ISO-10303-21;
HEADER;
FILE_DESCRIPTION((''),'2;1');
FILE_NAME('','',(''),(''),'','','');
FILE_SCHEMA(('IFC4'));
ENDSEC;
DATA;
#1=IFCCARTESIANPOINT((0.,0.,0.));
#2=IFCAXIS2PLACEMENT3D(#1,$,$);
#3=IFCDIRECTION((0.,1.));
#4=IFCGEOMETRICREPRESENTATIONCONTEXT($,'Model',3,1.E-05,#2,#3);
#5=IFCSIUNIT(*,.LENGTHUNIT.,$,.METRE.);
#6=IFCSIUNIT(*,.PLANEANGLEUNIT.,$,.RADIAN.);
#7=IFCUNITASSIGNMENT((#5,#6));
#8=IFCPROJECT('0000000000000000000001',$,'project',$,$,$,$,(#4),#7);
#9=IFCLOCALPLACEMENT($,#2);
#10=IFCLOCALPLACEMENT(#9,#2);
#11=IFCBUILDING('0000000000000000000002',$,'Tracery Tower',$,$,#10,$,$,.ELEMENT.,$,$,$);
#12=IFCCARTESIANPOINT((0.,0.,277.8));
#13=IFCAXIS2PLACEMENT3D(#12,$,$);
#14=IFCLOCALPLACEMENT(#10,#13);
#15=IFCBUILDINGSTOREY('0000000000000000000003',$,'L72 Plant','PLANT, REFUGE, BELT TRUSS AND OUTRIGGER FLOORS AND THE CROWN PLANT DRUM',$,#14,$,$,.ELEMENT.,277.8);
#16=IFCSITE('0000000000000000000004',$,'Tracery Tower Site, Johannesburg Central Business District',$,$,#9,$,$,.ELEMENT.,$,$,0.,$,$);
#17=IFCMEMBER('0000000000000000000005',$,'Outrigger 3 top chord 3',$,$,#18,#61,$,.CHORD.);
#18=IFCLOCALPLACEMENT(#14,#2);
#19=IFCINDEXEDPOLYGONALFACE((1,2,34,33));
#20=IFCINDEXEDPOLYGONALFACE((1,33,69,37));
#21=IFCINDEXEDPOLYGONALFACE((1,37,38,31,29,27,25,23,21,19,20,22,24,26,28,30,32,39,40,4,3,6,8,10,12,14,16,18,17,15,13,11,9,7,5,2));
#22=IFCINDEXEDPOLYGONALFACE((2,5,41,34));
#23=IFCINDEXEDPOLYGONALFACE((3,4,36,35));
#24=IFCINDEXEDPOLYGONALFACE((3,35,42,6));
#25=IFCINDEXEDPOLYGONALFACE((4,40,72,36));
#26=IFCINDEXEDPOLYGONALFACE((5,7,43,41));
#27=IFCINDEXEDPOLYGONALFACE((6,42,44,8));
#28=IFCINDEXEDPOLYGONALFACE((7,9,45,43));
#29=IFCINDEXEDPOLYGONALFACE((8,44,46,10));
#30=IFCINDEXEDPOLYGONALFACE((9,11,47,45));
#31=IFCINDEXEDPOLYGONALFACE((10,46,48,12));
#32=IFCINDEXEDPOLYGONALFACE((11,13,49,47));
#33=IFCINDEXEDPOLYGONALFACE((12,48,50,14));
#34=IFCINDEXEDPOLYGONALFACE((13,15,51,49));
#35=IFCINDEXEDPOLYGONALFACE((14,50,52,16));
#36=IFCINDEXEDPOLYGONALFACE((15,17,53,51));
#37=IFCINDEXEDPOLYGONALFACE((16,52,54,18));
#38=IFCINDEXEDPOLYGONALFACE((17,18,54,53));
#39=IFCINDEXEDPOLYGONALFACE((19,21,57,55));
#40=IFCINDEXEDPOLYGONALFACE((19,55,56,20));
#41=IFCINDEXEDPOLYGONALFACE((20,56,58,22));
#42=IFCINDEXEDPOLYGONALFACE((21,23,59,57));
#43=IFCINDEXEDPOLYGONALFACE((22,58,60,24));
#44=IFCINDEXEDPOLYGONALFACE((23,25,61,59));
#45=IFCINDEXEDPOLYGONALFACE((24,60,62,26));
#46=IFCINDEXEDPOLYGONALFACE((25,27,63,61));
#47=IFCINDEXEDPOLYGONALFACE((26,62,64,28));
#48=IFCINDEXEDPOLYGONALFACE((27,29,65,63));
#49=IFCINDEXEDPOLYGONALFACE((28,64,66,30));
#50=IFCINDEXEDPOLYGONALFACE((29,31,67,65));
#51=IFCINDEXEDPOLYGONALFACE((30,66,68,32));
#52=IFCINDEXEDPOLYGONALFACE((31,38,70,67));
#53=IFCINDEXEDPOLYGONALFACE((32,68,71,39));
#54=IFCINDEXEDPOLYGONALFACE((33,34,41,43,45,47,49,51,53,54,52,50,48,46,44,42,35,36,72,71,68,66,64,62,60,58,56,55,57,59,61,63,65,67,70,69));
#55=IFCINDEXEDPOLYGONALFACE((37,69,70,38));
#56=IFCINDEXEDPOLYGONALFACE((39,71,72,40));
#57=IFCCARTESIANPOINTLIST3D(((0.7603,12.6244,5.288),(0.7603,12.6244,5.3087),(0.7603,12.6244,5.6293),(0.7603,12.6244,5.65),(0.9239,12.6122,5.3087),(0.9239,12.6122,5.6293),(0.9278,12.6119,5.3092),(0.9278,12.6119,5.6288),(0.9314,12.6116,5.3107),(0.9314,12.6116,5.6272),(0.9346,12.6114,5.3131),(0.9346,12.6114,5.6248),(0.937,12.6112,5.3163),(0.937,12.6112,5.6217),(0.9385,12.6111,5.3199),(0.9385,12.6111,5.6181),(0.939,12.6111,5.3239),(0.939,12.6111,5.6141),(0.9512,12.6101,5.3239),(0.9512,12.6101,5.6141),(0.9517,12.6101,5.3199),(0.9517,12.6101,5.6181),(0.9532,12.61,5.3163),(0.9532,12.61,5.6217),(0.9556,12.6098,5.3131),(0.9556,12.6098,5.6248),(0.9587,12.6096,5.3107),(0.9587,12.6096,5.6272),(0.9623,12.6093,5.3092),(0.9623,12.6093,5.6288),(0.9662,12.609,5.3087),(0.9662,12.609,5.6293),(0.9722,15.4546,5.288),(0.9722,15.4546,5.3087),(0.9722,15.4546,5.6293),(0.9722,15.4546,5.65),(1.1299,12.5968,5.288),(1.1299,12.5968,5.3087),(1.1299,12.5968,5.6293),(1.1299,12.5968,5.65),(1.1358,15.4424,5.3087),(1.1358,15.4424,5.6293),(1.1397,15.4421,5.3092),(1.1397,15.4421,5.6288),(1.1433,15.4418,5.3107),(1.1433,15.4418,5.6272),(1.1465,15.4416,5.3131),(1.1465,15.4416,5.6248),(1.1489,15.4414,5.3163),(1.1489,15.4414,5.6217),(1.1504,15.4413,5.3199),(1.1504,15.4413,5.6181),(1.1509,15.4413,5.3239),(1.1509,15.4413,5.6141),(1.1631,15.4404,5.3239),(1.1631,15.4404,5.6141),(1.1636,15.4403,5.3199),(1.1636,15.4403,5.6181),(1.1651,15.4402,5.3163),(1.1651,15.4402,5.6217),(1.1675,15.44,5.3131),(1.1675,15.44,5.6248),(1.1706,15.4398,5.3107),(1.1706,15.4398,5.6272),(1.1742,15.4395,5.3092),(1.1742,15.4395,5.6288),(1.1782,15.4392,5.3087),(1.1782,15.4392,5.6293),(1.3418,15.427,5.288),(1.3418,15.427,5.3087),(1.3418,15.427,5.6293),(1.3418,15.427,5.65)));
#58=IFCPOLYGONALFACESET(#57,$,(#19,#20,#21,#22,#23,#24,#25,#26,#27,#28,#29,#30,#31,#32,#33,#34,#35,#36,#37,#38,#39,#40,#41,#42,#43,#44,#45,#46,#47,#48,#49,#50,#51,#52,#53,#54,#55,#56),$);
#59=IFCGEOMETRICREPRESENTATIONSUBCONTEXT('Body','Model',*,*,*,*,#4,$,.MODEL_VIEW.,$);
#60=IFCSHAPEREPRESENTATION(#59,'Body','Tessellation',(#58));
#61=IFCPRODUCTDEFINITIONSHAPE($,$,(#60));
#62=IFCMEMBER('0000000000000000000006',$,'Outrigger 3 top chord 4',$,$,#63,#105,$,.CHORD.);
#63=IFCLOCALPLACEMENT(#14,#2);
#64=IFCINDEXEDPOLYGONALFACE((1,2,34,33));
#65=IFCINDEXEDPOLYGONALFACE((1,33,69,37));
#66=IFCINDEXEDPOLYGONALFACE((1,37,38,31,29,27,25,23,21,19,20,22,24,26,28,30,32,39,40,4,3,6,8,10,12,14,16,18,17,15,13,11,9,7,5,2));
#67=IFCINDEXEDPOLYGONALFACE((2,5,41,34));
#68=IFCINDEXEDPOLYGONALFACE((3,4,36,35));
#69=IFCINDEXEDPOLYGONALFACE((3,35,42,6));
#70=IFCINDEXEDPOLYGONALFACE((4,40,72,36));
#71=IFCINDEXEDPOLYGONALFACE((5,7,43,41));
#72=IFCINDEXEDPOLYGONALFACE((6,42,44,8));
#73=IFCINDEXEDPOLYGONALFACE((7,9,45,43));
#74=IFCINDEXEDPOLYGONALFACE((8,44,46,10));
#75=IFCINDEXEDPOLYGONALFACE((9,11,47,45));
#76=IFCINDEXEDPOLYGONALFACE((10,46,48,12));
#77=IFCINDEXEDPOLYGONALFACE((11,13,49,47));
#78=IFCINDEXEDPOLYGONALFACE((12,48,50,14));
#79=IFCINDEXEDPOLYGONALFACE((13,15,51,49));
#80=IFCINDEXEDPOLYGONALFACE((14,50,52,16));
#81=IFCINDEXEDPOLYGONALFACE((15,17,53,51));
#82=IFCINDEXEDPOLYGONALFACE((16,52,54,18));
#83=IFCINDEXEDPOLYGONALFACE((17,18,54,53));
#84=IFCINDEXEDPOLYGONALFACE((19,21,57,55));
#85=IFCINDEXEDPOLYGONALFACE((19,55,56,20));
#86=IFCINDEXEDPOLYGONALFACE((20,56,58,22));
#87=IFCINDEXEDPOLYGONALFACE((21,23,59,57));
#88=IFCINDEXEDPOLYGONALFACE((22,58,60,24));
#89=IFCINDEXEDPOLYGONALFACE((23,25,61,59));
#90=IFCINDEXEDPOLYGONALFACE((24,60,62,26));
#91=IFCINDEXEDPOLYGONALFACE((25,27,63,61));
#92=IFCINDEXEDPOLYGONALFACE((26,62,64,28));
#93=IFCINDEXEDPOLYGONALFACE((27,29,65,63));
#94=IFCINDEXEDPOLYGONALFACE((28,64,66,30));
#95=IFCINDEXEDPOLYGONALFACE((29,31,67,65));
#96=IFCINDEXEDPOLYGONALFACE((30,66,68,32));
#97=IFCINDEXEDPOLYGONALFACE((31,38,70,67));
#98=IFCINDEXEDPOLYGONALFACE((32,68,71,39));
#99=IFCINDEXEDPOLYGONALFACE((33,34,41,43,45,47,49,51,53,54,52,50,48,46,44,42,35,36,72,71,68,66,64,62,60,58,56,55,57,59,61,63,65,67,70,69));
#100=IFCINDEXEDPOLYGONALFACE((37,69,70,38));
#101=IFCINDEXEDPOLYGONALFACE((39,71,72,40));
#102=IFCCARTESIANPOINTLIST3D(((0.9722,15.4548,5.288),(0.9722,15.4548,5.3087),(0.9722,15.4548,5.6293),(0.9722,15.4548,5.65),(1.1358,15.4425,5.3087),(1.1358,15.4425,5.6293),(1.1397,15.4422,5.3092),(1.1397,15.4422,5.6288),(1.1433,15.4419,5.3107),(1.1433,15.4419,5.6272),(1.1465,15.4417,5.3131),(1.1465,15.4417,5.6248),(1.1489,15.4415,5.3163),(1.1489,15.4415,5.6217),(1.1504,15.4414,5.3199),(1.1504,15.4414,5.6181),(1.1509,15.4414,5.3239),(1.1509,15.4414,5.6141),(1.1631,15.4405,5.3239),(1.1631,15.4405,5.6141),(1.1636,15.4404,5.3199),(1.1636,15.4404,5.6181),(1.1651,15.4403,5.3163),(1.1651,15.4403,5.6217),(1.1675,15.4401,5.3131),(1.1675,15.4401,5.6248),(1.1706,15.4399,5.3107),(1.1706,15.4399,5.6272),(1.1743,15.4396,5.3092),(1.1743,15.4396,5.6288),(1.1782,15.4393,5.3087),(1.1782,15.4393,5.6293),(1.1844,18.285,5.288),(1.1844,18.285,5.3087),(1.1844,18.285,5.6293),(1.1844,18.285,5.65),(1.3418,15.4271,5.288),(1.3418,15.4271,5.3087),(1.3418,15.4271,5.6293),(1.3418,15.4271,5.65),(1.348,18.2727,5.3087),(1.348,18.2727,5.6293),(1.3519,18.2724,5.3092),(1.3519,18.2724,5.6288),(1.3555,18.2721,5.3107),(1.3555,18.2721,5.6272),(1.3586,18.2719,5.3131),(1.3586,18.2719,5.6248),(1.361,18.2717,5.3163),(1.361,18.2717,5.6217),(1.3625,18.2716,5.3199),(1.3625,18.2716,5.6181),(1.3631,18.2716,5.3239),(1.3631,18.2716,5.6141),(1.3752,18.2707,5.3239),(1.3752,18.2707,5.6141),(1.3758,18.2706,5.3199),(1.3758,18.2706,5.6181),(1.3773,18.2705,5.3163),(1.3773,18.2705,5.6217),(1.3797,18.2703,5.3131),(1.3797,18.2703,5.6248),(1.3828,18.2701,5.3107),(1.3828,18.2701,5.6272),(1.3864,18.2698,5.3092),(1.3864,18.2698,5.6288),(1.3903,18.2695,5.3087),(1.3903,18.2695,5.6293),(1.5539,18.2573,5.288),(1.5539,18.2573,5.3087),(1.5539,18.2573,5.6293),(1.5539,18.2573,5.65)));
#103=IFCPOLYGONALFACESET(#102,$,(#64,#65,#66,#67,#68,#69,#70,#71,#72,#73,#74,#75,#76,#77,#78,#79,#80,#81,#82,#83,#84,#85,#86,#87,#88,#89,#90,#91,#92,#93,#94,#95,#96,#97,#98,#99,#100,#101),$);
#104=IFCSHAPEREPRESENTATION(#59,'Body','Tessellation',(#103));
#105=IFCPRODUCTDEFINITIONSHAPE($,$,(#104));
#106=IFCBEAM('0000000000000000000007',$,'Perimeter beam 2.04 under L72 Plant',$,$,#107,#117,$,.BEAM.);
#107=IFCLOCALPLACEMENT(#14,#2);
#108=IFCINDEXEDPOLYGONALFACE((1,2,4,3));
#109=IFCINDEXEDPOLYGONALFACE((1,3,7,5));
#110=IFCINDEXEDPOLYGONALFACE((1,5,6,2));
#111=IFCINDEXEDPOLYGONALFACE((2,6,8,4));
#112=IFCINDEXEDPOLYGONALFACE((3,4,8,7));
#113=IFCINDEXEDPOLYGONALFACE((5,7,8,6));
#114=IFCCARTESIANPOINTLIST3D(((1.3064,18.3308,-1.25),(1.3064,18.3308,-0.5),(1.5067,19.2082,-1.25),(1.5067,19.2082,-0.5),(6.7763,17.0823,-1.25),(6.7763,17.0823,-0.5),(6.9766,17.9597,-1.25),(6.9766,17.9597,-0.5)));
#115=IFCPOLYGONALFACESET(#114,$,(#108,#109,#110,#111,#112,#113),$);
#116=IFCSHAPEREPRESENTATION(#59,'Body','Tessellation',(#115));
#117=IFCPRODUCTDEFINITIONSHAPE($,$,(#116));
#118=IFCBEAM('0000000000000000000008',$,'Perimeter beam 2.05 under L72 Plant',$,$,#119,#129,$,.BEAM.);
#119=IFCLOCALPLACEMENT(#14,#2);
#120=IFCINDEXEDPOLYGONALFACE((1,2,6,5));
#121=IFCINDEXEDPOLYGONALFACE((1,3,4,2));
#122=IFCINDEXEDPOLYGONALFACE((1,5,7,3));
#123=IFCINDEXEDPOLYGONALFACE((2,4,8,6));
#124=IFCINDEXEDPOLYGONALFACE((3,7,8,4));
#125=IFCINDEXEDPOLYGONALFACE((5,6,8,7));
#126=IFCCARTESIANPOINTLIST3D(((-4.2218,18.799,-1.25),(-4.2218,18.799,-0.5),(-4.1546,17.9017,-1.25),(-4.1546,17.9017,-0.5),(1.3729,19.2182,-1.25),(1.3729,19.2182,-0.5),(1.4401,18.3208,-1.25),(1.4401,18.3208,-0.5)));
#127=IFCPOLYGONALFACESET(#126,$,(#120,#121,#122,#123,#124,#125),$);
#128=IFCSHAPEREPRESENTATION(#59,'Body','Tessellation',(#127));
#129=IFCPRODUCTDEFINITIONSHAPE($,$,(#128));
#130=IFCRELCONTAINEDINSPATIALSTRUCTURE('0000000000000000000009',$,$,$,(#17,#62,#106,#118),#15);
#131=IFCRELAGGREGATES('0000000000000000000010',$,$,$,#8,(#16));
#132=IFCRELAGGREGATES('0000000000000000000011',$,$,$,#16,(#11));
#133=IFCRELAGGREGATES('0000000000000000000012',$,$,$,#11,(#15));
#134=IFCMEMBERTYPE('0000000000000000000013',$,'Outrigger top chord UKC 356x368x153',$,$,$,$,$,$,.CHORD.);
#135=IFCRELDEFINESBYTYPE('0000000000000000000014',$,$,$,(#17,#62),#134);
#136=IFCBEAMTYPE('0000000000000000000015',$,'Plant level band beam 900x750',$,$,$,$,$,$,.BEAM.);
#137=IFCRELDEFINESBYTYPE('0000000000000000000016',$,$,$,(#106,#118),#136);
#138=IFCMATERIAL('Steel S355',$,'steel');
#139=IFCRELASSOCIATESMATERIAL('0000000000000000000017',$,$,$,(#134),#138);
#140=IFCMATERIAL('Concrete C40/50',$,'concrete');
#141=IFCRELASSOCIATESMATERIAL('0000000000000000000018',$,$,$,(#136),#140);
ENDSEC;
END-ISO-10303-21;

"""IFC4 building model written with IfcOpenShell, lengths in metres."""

from ifc_helpers import new_model, si_unit, direction, frame, origin, origin_2d, place, context, subcontext, project, spatial, rectangle, i_section, extrude, material, material_profile, profile_set, type_object, element, save


model = new_model("IFC4")

# Units and contexts
model_context = context("Model", 3, precision=1e-05, world=origin(), true_north=direction((0.0, 1.0)))
body_context = subcontext(model_context, "Body", "Model", "MODEL_VIEW")
ifc_project = project(units=[si_unit("LENGTHUNIT", "METRE"), si_unit("PLANEANGLEUNIT", "RADIAN")], contexts=[model_context])

# Site, building, storey
site_placement = place(None, origin())
site = spatial("IfcSite", under=ifc_project, at=site_placement, Name="Tracery Tower Site, Johannesburg Central Business District", CompositionType="ELEMENT", RefElevation=0.0)
building_placement = place(site_placement, origin())
building = spatial("IfcBuilding", under=site, at=building_placement, Name="Tracery Tower", CompositionType="ELEMENT")
storey_placement = place(building_placement, frame((0.0, 0.0, 277.8)))
storey = spatial("IfcBuildingStorey", under=building, at=storey_placement, Name="L72 Plant", Description="PLANT, REFUGE, BELT TRUSS AND OUTRIGGER FLOORS AND THE CROWN PLANT DRUM", CompositionType="ELEMENT", Elevation=277.8)

# Members
ifc_material_1 = material(Name="Steel S355", Category="steel")
ifc_material_profile_1 = material_profile(ifc_material_1, i_section(OverallWidth=0.3706, OverallDepth=0.3621, WebThickness=0.0122, FlangeThickness=0.0208, FilletRadius=0.0151, at=origin_2d()), Name="UKC 356x368x153")
ifc_profile_set_1 = profile_set([ifc_material_profile_1], Name="Steel S355")
member_type_1 = type_object("IfcMemberType", Name="Outrigger top chord UKC 356x368x153", PredefinedType="CHORD", material=ifc_profile_set_1)
for number, where, z_axis, x_axis, name in (
    (1, (0.9451, 12.6106, 5.469), (0.074664, 0.997209, 0.0), (-0.997209, 0.074664, 0.0), "Outrigger 3 top chord 3"),
    (2, (1.157, 15.4409, 5.469), (0.074756, 0.997202, 0.0), (-0.997202, 0.074756, 0.0), "Outrigger 3 top chord 4"),
):
    element("IfcMember", number, at=place(storey_placement, frame(where, z_axis=z_axis, x_axis=x_axis)), inside=storey, type_object=member_type_1, Name=name, PredefinedType="CHORD", context=body_context, shape_type="SweptSolid", body=[
        extrude(i_section(OverallWidth=0.3706, OverallDepth=0.3621, WebThickness=0.0122, FlangeThickness=0.0208, FilletRadius=0.0151, at=origin_2d()), origin(), (0.0, 0.0, 1.0), 2.8381),
    ])

# Beams
ifc_material_2 = material(Name="Concrete C40/50", Category="concrete")
ifc_material_profile_2 = material_profile(ifc_material_2, rectangle(XDim=0.8999, YDim=0.75, at=origin_2d()), Name="RC 900x750")
ifc_profile_set_2 = profile_set([ifc_material_profile_2], Name="Concrete C40/50")
beam_type = type_object("IfcBeamType", Name="Plant level band beam 900x750", PredefinedType="BEAM", material=ifc_profile_set_2)
beam_1_placement = place(storey_placement, frame((6.8765, 17.521, -0.875), z_axis=(-0.974926, 0.222529, 0.0), x_axis=(-0.222529, -0.974926, 0.0)))
element("IfcBeam", 3, at=beam_1_placement, inside=storey, type_object=beam_type, Name="Perimeter beam 2.04 under L72 Plant", PredefinedType="BEAM", context=body_context, shape_type="SweptSolid", body=[
    extrude(rectangle(XDim=0.8999, YDim=0.75, at=origin_2d()), origin(), (0.0, 0.0, 1.0), 5.6106),
])
beam_2_placement = place(storey_placement, frame((1.4065, 18.7695, -0.875), z_axis=(-0.997205, -0.074716, 0.0), x_axis=(0.074716, -0.997205, 0.0)))
element("IfcBeam", 4, at=beam_2_placement, inside=storey, type_object=beam_type, Name="Perimeter beam 2.05 under L72 Plant", PredefinedType="BEAM", context=body_context, shape_type="SweptSolid", body=[
    extrude(rectangle(XDim=0.8999, YDim=0.75, at=origin_2d()), origin(), (0.0, 0.0, 1.0), 5.6104),
])

save(model, "model.ifc")
